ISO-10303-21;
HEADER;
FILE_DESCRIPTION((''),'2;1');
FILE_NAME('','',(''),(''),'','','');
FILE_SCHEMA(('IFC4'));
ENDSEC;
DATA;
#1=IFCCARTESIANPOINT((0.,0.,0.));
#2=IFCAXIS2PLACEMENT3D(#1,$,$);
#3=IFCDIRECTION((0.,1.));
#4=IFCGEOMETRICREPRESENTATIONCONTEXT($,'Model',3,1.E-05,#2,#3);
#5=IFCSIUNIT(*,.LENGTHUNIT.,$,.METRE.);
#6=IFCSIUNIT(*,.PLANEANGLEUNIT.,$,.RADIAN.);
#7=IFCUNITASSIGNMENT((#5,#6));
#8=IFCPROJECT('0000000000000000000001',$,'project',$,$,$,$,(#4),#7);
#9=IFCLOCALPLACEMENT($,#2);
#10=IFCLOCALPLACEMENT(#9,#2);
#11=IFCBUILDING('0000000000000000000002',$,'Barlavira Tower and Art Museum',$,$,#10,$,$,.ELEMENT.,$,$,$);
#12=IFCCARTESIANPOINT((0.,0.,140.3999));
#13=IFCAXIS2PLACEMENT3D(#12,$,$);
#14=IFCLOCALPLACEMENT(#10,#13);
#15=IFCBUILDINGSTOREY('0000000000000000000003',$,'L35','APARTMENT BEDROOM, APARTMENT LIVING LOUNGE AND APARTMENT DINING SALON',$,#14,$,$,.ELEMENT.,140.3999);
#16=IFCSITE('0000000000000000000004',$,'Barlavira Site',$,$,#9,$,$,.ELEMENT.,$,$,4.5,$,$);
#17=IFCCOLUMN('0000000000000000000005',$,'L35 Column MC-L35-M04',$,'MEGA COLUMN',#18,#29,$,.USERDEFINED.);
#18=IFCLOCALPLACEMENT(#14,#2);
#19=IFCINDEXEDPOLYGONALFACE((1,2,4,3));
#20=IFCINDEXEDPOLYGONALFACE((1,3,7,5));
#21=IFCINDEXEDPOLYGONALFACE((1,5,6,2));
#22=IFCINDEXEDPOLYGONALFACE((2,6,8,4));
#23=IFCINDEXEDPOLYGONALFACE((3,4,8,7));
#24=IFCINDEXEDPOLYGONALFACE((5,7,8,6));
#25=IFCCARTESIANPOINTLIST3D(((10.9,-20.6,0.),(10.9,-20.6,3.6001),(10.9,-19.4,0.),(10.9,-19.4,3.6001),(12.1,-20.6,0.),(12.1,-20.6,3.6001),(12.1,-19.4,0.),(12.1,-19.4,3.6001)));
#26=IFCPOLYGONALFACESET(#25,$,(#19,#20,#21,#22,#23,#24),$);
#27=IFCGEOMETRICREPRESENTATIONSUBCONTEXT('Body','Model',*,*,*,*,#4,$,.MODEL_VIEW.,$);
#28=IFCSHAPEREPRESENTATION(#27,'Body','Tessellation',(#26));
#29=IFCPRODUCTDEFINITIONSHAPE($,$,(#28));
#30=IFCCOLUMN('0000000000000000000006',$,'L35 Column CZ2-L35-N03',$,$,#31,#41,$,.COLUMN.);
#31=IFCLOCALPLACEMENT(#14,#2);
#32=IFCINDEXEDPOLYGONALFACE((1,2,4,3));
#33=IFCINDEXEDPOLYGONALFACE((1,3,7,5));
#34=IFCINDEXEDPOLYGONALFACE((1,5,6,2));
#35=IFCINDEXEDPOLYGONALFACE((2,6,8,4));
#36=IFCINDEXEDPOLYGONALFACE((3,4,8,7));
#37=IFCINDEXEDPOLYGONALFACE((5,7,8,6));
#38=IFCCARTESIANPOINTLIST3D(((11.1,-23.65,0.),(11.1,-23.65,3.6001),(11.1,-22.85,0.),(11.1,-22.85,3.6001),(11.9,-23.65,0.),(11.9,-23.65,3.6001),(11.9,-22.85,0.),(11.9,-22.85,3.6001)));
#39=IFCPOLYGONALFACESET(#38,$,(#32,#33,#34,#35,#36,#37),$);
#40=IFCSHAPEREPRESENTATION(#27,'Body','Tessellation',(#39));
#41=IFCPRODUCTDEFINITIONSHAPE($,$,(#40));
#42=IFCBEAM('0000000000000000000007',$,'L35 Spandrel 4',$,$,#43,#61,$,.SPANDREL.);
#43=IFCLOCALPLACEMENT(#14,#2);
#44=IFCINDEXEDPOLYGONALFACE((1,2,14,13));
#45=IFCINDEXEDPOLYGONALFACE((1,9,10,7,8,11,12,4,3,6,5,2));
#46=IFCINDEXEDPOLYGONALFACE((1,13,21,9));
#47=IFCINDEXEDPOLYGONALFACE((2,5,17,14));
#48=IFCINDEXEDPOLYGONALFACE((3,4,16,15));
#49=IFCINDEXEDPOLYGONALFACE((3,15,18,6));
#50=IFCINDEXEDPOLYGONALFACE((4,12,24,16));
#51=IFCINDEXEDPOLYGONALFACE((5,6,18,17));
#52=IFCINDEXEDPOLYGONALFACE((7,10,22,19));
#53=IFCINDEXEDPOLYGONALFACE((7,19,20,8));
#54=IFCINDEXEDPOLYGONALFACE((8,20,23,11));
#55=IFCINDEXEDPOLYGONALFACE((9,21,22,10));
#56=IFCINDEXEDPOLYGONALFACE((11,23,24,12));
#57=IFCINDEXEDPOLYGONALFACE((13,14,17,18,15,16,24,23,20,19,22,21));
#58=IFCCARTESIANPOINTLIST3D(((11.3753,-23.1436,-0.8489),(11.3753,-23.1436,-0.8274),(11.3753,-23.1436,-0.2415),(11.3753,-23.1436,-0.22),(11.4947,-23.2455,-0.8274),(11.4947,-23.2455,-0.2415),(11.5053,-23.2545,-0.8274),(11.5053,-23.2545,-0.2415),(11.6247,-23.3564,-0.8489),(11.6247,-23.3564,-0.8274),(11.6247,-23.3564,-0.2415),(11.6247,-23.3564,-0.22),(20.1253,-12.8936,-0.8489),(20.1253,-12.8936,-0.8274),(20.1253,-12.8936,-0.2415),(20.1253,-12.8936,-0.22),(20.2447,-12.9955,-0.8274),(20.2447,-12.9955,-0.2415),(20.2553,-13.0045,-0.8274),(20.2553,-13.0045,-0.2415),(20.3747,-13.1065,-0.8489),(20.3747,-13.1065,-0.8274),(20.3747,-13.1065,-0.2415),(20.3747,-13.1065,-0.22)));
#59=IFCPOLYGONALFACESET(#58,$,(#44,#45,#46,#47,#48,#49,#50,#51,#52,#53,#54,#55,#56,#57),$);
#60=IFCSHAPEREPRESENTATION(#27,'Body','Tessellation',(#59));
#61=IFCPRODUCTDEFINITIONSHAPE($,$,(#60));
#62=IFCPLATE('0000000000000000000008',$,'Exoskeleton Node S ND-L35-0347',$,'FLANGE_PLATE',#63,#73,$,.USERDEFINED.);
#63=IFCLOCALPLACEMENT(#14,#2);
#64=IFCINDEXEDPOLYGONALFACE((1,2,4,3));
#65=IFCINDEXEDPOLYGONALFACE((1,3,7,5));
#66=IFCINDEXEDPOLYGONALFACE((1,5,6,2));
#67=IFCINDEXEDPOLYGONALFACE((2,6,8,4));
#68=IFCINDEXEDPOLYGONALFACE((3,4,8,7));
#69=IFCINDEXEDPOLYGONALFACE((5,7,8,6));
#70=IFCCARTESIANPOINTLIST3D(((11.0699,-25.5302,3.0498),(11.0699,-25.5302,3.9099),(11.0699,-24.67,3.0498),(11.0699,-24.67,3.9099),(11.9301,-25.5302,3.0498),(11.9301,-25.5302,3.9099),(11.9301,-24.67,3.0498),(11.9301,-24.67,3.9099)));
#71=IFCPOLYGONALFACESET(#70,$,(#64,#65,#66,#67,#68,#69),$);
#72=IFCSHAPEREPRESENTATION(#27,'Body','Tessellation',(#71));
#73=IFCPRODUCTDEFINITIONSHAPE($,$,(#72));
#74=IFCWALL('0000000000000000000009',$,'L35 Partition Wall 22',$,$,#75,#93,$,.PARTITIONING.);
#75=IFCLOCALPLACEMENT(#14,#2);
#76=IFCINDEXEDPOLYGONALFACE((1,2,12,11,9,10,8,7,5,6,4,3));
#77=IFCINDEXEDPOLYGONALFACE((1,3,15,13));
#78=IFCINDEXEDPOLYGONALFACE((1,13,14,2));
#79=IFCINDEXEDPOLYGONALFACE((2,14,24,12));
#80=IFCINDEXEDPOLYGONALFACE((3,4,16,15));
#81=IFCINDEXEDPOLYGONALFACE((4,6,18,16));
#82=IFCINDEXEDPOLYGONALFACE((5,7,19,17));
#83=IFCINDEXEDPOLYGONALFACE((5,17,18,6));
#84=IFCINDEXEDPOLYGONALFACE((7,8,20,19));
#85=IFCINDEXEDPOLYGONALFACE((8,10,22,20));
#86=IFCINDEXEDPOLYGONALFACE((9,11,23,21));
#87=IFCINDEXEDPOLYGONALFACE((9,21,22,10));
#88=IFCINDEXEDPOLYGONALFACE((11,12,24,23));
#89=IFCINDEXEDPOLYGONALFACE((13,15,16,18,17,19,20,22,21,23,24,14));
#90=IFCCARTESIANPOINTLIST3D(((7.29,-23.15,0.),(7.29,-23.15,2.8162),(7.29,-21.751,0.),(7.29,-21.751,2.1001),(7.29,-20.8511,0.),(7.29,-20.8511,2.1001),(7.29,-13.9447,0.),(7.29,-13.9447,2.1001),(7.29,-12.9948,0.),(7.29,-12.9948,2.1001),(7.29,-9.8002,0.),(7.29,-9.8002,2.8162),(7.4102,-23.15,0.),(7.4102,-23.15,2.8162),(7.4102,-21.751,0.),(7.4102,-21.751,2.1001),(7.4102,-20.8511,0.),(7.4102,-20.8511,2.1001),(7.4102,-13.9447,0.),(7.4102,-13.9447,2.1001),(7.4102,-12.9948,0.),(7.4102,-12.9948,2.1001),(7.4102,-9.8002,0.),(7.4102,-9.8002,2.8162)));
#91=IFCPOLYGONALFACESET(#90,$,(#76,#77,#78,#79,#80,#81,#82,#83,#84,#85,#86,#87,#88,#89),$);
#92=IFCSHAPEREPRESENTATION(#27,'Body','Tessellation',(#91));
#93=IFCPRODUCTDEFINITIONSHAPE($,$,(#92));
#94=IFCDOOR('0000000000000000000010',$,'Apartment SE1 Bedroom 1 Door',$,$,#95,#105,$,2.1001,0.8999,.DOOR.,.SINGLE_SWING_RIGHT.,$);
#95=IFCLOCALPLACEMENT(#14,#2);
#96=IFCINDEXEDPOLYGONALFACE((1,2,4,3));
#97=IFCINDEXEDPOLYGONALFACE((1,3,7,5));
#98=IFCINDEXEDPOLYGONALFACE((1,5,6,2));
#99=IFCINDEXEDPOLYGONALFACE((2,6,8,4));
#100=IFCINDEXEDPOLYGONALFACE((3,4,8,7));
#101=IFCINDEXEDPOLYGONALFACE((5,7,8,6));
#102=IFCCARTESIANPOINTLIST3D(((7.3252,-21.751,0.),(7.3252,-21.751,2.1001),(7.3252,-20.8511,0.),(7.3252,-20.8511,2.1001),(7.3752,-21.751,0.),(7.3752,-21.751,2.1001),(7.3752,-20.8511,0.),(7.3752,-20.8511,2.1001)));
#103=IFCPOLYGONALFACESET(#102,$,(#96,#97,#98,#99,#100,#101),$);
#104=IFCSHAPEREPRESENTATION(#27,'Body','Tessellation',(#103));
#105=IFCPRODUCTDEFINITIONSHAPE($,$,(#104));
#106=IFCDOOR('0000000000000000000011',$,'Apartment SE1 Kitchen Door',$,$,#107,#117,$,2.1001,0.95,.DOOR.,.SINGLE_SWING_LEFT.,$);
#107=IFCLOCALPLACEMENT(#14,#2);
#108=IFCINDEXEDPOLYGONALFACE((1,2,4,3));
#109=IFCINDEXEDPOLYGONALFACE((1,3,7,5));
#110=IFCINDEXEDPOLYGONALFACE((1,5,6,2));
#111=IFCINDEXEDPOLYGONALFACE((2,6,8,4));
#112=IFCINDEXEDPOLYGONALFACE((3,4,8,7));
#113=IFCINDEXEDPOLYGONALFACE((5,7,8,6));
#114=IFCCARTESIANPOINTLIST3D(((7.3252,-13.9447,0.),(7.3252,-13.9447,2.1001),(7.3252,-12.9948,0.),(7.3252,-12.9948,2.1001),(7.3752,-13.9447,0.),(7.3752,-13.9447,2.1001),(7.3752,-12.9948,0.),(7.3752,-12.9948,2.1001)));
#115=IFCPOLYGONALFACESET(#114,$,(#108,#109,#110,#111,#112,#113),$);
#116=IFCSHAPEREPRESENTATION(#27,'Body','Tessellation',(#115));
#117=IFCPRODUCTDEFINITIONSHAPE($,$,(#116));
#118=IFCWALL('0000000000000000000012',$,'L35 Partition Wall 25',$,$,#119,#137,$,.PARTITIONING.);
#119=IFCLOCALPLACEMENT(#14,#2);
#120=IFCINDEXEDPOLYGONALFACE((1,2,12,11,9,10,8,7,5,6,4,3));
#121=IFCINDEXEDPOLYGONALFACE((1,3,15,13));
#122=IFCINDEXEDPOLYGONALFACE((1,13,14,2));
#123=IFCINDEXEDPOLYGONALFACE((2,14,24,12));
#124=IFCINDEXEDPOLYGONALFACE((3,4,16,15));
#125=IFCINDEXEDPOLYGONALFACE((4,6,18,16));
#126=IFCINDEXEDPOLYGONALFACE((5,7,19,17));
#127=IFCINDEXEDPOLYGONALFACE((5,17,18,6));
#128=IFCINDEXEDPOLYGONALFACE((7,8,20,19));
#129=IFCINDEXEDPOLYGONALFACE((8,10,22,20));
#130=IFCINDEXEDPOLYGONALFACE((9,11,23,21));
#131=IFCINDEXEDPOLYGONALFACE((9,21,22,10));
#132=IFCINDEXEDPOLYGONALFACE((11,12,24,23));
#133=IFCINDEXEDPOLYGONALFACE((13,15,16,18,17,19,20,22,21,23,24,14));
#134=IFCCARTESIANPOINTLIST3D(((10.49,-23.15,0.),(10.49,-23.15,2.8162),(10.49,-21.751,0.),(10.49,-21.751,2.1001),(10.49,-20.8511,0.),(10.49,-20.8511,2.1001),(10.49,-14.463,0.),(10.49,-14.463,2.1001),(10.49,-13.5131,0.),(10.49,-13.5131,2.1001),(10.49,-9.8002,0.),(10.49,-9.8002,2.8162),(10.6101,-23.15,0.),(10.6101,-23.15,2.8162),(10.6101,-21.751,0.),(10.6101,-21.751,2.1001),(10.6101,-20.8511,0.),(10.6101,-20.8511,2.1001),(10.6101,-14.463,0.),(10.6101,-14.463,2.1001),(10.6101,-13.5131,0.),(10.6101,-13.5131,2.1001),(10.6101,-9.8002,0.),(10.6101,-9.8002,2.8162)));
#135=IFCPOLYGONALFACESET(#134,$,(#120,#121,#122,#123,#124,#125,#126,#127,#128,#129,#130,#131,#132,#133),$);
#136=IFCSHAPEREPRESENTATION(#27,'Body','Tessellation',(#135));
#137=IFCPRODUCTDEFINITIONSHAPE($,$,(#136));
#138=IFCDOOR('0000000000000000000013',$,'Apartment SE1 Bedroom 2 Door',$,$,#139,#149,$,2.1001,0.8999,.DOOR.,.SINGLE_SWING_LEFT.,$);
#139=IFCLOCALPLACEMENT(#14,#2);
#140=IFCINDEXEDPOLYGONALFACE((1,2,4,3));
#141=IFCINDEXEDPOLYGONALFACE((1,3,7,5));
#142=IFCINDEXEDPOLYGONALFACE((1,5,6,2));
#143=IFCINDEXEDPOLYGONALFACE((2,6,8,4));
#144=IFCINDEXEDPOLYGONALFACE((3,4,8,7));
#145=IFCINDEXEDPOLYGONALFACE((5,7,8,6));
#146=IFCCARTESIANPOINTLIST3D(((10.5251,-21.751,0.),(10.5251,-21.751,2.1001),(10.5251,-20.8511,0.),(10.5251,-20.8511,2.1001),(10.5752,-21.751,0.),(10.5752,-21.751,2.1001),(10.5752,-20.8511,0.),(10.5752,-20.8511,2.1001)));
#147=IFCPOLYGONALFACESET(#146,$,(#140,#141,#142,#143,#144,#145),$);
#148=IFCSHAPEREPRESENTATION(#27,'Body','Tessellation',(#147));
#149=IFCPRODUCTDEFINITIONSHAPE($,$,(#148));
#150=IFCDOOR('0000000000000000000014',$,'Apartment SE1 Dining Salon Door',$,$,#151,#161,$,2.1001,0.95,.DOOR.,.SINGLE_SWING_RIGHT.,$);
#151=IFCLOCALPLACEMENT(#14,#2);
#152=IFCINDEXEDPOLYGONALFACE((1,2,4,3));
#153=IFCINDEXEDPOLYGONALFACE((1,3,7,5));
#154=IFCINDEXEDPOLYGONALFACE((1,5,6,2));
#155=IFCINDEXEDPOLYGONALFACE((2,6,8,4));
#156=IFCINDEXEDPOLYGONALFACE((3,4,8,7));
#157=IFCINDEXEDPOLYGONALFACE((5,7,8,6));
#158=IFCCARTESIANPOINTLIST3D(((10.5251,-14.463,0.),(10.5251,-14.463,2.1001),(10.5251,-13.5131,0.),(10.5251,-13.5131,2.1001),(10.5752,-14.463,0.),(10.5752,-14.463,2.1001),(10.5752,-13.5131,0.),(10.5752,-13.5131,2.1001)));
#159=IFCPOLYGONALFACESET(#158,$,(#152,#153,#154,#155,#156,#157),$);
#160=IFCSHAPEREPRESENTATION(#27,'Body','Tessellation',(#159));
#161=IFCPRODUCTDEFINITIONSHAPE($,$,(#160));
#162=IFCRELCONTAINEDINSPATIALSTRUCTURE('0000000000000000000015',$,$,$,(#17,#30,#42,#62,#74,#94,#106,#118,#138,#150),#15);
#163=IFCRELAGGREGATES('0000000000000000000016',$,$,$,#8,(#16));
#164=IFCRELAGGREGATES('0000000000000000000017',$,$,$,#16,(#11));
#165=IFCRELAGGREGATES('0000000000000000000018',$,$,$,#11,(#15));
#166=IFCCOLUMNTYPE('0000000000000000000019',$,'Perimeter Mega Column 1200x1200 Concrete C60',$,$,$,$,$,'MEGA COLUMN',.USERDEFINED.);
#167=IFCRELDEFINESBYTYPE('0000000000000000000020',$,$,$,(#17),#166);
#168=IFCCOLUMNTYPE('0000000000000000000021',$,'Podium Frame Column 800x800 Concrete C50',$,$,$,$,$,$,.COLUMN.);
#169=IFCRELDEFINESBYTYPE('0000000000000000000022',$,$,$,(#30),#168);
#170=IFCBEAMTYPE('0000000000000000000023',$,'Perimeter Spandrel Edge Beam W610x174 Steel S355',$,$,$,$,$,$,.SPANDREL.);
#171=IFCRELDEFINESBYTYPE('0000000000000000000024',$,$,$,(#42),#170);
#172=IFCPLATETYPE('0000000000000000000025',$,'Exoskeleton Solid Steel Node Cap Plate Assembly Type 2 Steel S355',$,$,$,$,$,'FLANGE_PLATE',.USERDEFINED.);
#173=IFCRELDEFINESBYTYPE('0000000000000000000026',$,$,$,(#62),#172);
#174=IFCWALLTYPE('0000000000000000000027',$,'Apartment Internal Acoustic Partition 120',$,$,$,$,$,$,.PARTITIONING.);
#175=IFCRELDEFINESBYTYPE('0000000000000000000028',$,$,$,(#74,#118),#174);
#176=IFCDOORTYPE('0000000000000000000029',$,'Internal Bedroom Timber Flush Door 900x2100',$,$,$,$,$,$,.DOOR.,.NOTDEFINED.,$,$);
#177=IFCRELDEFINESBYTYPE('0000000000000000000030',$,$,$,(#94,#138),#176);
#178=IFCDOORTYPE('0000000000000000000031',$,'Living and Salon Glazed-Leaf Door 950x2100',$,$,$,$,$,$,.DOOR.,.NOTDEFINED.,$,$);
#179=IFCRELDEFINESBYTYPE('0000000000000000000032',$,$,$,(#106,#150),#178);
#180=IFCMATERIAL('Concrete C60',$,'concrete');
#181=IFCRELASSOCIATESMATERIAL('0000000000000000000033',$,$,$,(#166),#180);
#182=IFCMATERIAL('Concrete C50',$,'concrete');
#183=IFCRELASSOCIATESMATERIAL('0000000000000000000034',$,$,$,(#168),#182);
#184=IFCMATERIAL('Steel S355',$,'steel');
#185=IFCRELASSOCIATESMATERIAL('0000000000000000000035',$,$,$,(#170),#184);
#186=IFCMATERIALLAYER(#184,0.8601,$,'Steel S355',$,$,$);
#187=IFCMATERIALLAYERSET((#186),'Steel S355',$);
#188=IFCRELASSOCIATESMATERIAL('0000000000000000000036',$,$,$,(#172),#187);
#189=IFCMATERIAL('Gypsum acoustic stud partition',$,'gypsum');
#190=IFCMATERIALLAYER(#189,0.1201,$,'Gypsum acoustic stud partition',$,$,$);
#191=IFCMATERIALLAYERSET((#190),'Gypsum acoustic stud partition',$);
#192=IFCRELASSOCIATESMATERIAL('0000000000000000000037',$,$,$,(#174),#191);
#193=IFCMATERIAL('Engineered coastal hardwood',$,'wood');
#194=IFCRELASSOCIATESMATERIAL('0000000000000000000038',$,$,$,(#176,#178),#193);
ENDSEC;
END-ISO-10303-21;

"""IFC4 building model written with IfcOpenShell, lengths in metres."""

from ifc_helpers import new_model, si_unit, direction, frame, frame_2d, origin, origin_2d, place, context, subcontext, project, spatial, rectangle, i_section, extrude, material, layer, layer_set, material_profile, profile_set, type_object, element, fill, save


model = new_model("IFC4")

# Units and contexts
model_context = context("Model", 3, precision=1e-05, world=origin(), true_north=direction((0.0, 1.0)))
body_context = subcontext(model_context, "Body", "Model", "MODEL_VIEW")
ifc_project = project(units=[si_unit("LENGTHUNIT", "METRE"), si_unit("PLANEANGLEUNIT", "RADIAN")], contexts=[model_context])

# Site, building, storey
site_placement = place(None, origin())
site = spatial("IfcSite", under=ifc_project, at=site_placement, Name="Barlavira Site", CompositionType="ELEMENT", RefElevation=4.5)
building_placement = place(site_placement, origin())
building = spatial("IfcBuilding", under=site, at=building_placement, Name="Barlavira Tower and Art Museum", CompositionType="ELEMENT")
storey_placement = place(building_placement, frame((0.0, 0.0, 140.3999)))
storey = spatial("IfcBuildingStorey", under=building, at=storey_placement, Name="L35", Description="APARTMENT BEDROOM, APARTMENT LIVING LOUNGE AND APARTMENT DINING SALON", CompositionType="ELEMENT", Elevation=140.3999)

# Columns
ifc_material_1 = material(Name="Concrete C60", Category="concrete")
ifc_material_profile_1 = material_profile(ifc_material_1, rectangle(XDim=1.2, YDim=1.2, at=origin_2d()), Name="RC-COL 1200x1200")
ifc_profile_set_1 = profile_set([ifc_material_profile_1], Name="Concrete C60")
column_type_1 = type_object("IfcColumnType", Name="Perimeter Mega Column 1200x1200 Concrete C60", ElementType="MEGA COLUMN", PredefinedType="USERDEFINED", material=ifc_profile_set_1)
column_1_placement = place(storey_placement, frame((11.5, -20.0, 0.0), z_axis=(0.0, 0.0, 1.0), x_axis=(1.0, 0.0, 0.0)))
element("IfcColumn", 1, at=column_1_placement, inside=storey, type_object=column_type_1, Name="L35 Column MC-L35-M04", ObjectType="MEGA COLUMN", PredefinedType="USERDEFINED", context=body_context, shape_type="SweptSolid", body=[
    extrude(rectangle(XDim=1.2, YDim=1.2, at=origin_2d()), origin(), (0.0, 0.0, 1.0), 3.6001),
])
ifc_material_2 = material(Name="Concrete C50", Category="concrete")
ifc_material_profile_2 = material_profile(ifc_material_2, rectangle(XDim=0.8, YDim=0.8, at=origin_2d()), Name="RC-COL 800x800")
ifc_profile_set_2 = profile_set([ifc_material_profile_2], Name="Concrete C50")
column_type_2 = type_object("IfcColumnType", Name="Podium Frame Column 800x800 Concrete C50", PredefinedType="COLUMN", material=ifc_profile_set_2)
column_2_placement = place(storey_placement, frame((11.5, -23.25, 0.0), z_axis=(0.0, 0.0, 1.0), x_axis=(1.0, 0.0, 0.0)))
element("IfcColumn", 2, at=column_2_placement, inside=storey, type_object=column_type_2, Name="L35 Column CZ2-L35-N03", PredefinedType="COLUMN", context=body_context, shape_type="SweptSolid", body=[
    extrude(rectangle(XDim=0.8, YDim=0.8, at=origin_2d()), origin(), (0.0, 0.0, 1.0), 3.6001),
])

# Beam
ifc_material_3 = material(Name="Steel S355", Category="steel")
ifc_material_profile_3 = material_profile(ifc_material_3, i_section(OverallWidth=0.3279, OverallDepth=0.6289, WebThickness=0.0139, FlangeThickness=0.0215, at=origin_2d()), Name="W610x174.0")
ifc_profile_set_3 = profile_set([ifc_material_profile_3], Name="Steel S355")
beam_type = type_object("IfcBeamType", Name="Perimeter Spandrel Edge Beam W610x174 Steel S355", PredefinedType="SPANDREL", material=ifc_profile_set_3)
beam_placement = place(storey_placement, frame((11.5, -23.25, -0.5344), z_axis=(0.649262, 0.760565, 0.0), x_axis=(-0.760565, 0.649262, 0.0)))
element("IfcBeam", 3, at=beam_placement, inside=storey, type_object=beam_type, Name="L35 Spandrel 4", PredefinedType="SPANDREL", context=body_context, shape_type="SweptSolid", body=[
    extrude(i_section(OverallWidth=0.3279, OverallDepth=0.6289, WebThickness=0.0139, FlangeThickness=0.0215, at=origin_2d()), origin(), (0.0, 0.0, 1.0), 13.4768),
])

# Plate
ifc_layer_1 = layer(ifc_material_3, 0.8601, Name="Steel S355")
ifc_layer_set_1 = layer_set([ifc_layer_1], Name="Steel S355")
plate_type = type_object("IfcPlateType", Name="Exoskeleton Solid Steel Node Cap Plate Assembly Type 2 Steel S355", ElementType="FLANGE_PLATE", PredefinedType="USERDEFINED", material=ifc_layer_set_1)
plate_placement = place(storey_placement, frame((11.5, -25.1001, 3.0498), z_axis=(0.0, 0.0, 1.0), x_axis=(1.0, 0.0, 0.0)))
element("IfcPlate", 4, at=plate_placement, inside=storey, type_object=plate_type, Name="Exoskeleton Node S ND-L35-0347", ObjectType="FLANGE_PLATE", PredefinedType="USERDEFINED", context=body_context, shape_type="SweptSolid", body=[
    extrude(rectangle(XDim=0.8601, YDim=0.8601, at=origin_2d()), origin(), (0.0, 0.0, 1.0), 0.8601),
])

# Walls, openings, doors
ifc_material_4 = material(Name="Gypsum acoustic stud partition", Category="gypsum")
ifc_layer_2 = layer(ifc_material_4, 0.1201, Name="Gypsum acoustic stud partition")
ifc_layer_set_2 = layer_set([ifc_layer_2], Name="Gypsum acoustic stud partition")
wall_type_1 = type_object("IfcWallType", Name="Apartment Internal Acoustic Partition 120", PredefinedType="PARTITIONING", material=ifc_layer_set_2)
wall_1_placement = place(storey_placement, frame((7.3501, -23.1499, 0.0), z_axis=(0.0, 0.0, 1.0), x_axis=(0.0, 1.0, 0.0)))
wall_1 = element("IfcWall", 5, at=wall_1_placement, inside=storey, type_object=wall_type_1, Name="L35 Partition Wall 22", PredefinedType="PARTITIONING", context=body_context, shape_type="SweptSolid", body=[
    extrude(rectangle(XDim=13.3499, YDim=0.1201, at=frame_2d((6.6748, 0.0))), origin(), (0.0, 0.0, 1.0), 2.8162),
])
opening_1_placement = place(wall_1_placement, frame((9.2051, 0.0, 0.0)))
opening_1 = element("IfcOpeningElement", 6, at=opening_1_placement, cuts=wall_1, PredefinedType="OPENING", context=body_context, shape_type="SweptSolid", body=[
    extrude(rectangle(XDim=0.95, YDim=2.1001, at=frame_2d((0.4751, 1.05))), frame((0.0, 0.0701, 0.0), z_axis=(0.0, -1.0, 0.0), x_axis=(1.0, 0.0, 0.0)), (0.0, 0.0, 1.0), 0.1401),
])
opening_2_placement = place(wall_1_placement, frame((1.3989, 0.0, 0.0)))
opening_2 = element("IfcOpeningElement", 7, at=opening_2_placement, cuts=wall_1, PredefinedType="OPENING", context=body_context, shape_type="SweptSolid", body=[
    extrude(rectangle(XDim=0.8999, YDim=2.1001, at=frame_2d((0.45, 1.05))), frame((0.0, 0.0701, 0.0), z_axis=(0.0, -1.0, 0.0), x_axis=(1.0, 0.0, 0.0)), (0.0, 0.0, 1.0), 0.1401),
])
ifc_material_5 = material(Name="Engineered coastal hardwood", Category="wood")
door_type_1 = type_object("IfcDoorType", Name="Internal Bedroom Timber Flush Door 900x2100", OperationType="NOTDEFINED", PredefinedType="DOOR", material=ifc_material_5)
door_1_placement = place(opening_2_placement, origin())
door_1 = element("IfcDoor", 8, at=door_1_placement, inside=storey, type_object=door_type_1, Name="Apartment SE1 Bedroom 1 Door", OperationType="SINGLE_SWING_RIGHT", OverallHeight=2.1001, OverallWidth=0.8999, PredefinedType="DOOR", context=body_context, shape_type="SweptSolid", body=[
    extrude(rectangle(XDim=0.8999, YDim=2.1001, at=frame_2d((0.45, 1.05))), frame((0.0, 0.0249, 0.0), z_axis=(0.0, -1.0, 0.0), x_axis=(1.0, 0.0, 0.0)), (0.0, 0.0, 1.0), 0.05),
])
fill(opening_2, door_1)
door_type_2 = type_object("IfcDoorType", Name="Living and Salon Glazed-Leaf Door 950x2100", OperationType="NOTDEFINED", PredefinedType="DOOR", material=ifc_material_5)
door_2_placement = place(opening_1_placement, origin())
door_2 = element("IfcDoor", 9, at=door_2_placement, inside=storey, type_object=door_type_2, Name="Apartment SE1 Kitchen Door", OperationType="SINGLE_SWING_LEFT", OverallHeight=2.1001, OverallWidth=0.95, PredefinedType="DOOR", context=body_context, shape_type="SweptSolid", body=[
    extrude(rectangle(XDim=0.95, YDim=2.1001, at=frame_2d((0.4751, 1.05))), frame((0.0, 0.0249, 0.0), z_axis=(0.0, -1.0, 0.0), x_axis=(1.0, 0.0, 0.0)), (0.0, 0.0, 1.0), 0.05),
])
fill(opening_1, door_2)
wall_2_placement = place(storey_placement, frame((10.55, -23.1499, 0.0), z_axis=(0.0, 0.0, 1.0), x_axis=(0.0, 1.0, 0.0)))
wall_2 = element("IfcWall", 10, at=wall_2_placement, inside=storey, type_object=wall_type_1, Name="L35 Partition Wall 25", PredefinedType="PARTITIONING", context=body_context, shape_type="SweptSolid", body=[
    extrude(rectangle(XDim=13.3499, YDim=0.1201, at=frame_2d((6.6748, 0.0))), origin(), (0.0, 0.0, 1.0), 2.8162),
])
opening_3_placement = place(wall_2_placement, frame((8.6868, 0.0, 0.0)))
opening_3 = element("IfcOpeningElement", 11, at=opening_3_placement, cuts=wall_2, PredefinedType="OPENING", context=body_context, shape_type="SweptSolid", body=[
    extrude(rectangle(XDim=0.95, YDim=2.1001, at=frame_2d((0.4751, 1.05))), frame((0.0, 0.0701, 0.0), z_axis=(0.0, -1.0, 0.0), x_axis=(1.0, 0.0, 0.0)), (0.0, 0.0, 1.0), 0.1401),
])
opening_4_placement = place(wall_2_placement, frame((1.3989, 0.0, 0.0)))
opening_4 = element("IfcOpeningElement", 12, at=opening_4_placement, cuts=wall_2, PredefinedType="OPENING", context=body_context, shape_type="SweptSolid", body=[
    extrude(rectangle(XDim=0.8999, YDim=2.1001, at=frame_2d((0.45, 1.05))), frame((0.0, 0.0701, 0.0), z_axis=(0.0, -1.0, 0.0), x_axis=(1.0, 0.0, 0.0)), (0.0, 0.0, 1.0), 0.1401),
])
door_3_placement = place(opening_4_placement, origin())
door_3 = element("IfcDoor", 13, at=door_3_placement, inside=storey, type_object=door_type_1, Name="Apartment SE1 Bedroom 2 Door", OperationType="SINGLE_SWING_LEFT", OverallHeight=2.1001, OverallWidth=0.8999, PredefinedType="DOOR", context=body_context, shape_type="SweptSolid", body=[
    extrude(rectangle(XDim=0.8999, YDim=2.1001, at=frame_2d((0.45, 1.05))), frame((0.0, 0.0249, 0.0), z_axis=(0.0, -1.0, 0.0), x_axis=(1.0, 0.0, 0.0)), (0.0, 0.0, 1.0), 0.05),
])
fill(opening_4, door_3)
door_4_placement = place(opening_3_placement, origin())
door_4 = element("IfcDoor", 14, at=door_4_placement, inside=storey, type_object=door_type_2, Name="Apartment SE1 Dining Salon Door", OperationType="SINGLE_SWING_RIGHT", OverallHeight=2.1001, OverallWidth=0.95, PredefinedType="DOOR", context=body_context, shape_type="SweptSolid", body=[
    extrude(rectangle(XDim=0.95, YDim=2.1001, at=frame_2d((0.4751, 1.05))), frame((0.0, 0.0249, 0.0), z_axis=(0.0, -1.0, 0.0), x_axis=(1.0, 0.0, 0.0)), (0.0, 0.0, 1.0), 0.05),
])
fill(opening_3, door_4)

save(model, "model.ifc")
